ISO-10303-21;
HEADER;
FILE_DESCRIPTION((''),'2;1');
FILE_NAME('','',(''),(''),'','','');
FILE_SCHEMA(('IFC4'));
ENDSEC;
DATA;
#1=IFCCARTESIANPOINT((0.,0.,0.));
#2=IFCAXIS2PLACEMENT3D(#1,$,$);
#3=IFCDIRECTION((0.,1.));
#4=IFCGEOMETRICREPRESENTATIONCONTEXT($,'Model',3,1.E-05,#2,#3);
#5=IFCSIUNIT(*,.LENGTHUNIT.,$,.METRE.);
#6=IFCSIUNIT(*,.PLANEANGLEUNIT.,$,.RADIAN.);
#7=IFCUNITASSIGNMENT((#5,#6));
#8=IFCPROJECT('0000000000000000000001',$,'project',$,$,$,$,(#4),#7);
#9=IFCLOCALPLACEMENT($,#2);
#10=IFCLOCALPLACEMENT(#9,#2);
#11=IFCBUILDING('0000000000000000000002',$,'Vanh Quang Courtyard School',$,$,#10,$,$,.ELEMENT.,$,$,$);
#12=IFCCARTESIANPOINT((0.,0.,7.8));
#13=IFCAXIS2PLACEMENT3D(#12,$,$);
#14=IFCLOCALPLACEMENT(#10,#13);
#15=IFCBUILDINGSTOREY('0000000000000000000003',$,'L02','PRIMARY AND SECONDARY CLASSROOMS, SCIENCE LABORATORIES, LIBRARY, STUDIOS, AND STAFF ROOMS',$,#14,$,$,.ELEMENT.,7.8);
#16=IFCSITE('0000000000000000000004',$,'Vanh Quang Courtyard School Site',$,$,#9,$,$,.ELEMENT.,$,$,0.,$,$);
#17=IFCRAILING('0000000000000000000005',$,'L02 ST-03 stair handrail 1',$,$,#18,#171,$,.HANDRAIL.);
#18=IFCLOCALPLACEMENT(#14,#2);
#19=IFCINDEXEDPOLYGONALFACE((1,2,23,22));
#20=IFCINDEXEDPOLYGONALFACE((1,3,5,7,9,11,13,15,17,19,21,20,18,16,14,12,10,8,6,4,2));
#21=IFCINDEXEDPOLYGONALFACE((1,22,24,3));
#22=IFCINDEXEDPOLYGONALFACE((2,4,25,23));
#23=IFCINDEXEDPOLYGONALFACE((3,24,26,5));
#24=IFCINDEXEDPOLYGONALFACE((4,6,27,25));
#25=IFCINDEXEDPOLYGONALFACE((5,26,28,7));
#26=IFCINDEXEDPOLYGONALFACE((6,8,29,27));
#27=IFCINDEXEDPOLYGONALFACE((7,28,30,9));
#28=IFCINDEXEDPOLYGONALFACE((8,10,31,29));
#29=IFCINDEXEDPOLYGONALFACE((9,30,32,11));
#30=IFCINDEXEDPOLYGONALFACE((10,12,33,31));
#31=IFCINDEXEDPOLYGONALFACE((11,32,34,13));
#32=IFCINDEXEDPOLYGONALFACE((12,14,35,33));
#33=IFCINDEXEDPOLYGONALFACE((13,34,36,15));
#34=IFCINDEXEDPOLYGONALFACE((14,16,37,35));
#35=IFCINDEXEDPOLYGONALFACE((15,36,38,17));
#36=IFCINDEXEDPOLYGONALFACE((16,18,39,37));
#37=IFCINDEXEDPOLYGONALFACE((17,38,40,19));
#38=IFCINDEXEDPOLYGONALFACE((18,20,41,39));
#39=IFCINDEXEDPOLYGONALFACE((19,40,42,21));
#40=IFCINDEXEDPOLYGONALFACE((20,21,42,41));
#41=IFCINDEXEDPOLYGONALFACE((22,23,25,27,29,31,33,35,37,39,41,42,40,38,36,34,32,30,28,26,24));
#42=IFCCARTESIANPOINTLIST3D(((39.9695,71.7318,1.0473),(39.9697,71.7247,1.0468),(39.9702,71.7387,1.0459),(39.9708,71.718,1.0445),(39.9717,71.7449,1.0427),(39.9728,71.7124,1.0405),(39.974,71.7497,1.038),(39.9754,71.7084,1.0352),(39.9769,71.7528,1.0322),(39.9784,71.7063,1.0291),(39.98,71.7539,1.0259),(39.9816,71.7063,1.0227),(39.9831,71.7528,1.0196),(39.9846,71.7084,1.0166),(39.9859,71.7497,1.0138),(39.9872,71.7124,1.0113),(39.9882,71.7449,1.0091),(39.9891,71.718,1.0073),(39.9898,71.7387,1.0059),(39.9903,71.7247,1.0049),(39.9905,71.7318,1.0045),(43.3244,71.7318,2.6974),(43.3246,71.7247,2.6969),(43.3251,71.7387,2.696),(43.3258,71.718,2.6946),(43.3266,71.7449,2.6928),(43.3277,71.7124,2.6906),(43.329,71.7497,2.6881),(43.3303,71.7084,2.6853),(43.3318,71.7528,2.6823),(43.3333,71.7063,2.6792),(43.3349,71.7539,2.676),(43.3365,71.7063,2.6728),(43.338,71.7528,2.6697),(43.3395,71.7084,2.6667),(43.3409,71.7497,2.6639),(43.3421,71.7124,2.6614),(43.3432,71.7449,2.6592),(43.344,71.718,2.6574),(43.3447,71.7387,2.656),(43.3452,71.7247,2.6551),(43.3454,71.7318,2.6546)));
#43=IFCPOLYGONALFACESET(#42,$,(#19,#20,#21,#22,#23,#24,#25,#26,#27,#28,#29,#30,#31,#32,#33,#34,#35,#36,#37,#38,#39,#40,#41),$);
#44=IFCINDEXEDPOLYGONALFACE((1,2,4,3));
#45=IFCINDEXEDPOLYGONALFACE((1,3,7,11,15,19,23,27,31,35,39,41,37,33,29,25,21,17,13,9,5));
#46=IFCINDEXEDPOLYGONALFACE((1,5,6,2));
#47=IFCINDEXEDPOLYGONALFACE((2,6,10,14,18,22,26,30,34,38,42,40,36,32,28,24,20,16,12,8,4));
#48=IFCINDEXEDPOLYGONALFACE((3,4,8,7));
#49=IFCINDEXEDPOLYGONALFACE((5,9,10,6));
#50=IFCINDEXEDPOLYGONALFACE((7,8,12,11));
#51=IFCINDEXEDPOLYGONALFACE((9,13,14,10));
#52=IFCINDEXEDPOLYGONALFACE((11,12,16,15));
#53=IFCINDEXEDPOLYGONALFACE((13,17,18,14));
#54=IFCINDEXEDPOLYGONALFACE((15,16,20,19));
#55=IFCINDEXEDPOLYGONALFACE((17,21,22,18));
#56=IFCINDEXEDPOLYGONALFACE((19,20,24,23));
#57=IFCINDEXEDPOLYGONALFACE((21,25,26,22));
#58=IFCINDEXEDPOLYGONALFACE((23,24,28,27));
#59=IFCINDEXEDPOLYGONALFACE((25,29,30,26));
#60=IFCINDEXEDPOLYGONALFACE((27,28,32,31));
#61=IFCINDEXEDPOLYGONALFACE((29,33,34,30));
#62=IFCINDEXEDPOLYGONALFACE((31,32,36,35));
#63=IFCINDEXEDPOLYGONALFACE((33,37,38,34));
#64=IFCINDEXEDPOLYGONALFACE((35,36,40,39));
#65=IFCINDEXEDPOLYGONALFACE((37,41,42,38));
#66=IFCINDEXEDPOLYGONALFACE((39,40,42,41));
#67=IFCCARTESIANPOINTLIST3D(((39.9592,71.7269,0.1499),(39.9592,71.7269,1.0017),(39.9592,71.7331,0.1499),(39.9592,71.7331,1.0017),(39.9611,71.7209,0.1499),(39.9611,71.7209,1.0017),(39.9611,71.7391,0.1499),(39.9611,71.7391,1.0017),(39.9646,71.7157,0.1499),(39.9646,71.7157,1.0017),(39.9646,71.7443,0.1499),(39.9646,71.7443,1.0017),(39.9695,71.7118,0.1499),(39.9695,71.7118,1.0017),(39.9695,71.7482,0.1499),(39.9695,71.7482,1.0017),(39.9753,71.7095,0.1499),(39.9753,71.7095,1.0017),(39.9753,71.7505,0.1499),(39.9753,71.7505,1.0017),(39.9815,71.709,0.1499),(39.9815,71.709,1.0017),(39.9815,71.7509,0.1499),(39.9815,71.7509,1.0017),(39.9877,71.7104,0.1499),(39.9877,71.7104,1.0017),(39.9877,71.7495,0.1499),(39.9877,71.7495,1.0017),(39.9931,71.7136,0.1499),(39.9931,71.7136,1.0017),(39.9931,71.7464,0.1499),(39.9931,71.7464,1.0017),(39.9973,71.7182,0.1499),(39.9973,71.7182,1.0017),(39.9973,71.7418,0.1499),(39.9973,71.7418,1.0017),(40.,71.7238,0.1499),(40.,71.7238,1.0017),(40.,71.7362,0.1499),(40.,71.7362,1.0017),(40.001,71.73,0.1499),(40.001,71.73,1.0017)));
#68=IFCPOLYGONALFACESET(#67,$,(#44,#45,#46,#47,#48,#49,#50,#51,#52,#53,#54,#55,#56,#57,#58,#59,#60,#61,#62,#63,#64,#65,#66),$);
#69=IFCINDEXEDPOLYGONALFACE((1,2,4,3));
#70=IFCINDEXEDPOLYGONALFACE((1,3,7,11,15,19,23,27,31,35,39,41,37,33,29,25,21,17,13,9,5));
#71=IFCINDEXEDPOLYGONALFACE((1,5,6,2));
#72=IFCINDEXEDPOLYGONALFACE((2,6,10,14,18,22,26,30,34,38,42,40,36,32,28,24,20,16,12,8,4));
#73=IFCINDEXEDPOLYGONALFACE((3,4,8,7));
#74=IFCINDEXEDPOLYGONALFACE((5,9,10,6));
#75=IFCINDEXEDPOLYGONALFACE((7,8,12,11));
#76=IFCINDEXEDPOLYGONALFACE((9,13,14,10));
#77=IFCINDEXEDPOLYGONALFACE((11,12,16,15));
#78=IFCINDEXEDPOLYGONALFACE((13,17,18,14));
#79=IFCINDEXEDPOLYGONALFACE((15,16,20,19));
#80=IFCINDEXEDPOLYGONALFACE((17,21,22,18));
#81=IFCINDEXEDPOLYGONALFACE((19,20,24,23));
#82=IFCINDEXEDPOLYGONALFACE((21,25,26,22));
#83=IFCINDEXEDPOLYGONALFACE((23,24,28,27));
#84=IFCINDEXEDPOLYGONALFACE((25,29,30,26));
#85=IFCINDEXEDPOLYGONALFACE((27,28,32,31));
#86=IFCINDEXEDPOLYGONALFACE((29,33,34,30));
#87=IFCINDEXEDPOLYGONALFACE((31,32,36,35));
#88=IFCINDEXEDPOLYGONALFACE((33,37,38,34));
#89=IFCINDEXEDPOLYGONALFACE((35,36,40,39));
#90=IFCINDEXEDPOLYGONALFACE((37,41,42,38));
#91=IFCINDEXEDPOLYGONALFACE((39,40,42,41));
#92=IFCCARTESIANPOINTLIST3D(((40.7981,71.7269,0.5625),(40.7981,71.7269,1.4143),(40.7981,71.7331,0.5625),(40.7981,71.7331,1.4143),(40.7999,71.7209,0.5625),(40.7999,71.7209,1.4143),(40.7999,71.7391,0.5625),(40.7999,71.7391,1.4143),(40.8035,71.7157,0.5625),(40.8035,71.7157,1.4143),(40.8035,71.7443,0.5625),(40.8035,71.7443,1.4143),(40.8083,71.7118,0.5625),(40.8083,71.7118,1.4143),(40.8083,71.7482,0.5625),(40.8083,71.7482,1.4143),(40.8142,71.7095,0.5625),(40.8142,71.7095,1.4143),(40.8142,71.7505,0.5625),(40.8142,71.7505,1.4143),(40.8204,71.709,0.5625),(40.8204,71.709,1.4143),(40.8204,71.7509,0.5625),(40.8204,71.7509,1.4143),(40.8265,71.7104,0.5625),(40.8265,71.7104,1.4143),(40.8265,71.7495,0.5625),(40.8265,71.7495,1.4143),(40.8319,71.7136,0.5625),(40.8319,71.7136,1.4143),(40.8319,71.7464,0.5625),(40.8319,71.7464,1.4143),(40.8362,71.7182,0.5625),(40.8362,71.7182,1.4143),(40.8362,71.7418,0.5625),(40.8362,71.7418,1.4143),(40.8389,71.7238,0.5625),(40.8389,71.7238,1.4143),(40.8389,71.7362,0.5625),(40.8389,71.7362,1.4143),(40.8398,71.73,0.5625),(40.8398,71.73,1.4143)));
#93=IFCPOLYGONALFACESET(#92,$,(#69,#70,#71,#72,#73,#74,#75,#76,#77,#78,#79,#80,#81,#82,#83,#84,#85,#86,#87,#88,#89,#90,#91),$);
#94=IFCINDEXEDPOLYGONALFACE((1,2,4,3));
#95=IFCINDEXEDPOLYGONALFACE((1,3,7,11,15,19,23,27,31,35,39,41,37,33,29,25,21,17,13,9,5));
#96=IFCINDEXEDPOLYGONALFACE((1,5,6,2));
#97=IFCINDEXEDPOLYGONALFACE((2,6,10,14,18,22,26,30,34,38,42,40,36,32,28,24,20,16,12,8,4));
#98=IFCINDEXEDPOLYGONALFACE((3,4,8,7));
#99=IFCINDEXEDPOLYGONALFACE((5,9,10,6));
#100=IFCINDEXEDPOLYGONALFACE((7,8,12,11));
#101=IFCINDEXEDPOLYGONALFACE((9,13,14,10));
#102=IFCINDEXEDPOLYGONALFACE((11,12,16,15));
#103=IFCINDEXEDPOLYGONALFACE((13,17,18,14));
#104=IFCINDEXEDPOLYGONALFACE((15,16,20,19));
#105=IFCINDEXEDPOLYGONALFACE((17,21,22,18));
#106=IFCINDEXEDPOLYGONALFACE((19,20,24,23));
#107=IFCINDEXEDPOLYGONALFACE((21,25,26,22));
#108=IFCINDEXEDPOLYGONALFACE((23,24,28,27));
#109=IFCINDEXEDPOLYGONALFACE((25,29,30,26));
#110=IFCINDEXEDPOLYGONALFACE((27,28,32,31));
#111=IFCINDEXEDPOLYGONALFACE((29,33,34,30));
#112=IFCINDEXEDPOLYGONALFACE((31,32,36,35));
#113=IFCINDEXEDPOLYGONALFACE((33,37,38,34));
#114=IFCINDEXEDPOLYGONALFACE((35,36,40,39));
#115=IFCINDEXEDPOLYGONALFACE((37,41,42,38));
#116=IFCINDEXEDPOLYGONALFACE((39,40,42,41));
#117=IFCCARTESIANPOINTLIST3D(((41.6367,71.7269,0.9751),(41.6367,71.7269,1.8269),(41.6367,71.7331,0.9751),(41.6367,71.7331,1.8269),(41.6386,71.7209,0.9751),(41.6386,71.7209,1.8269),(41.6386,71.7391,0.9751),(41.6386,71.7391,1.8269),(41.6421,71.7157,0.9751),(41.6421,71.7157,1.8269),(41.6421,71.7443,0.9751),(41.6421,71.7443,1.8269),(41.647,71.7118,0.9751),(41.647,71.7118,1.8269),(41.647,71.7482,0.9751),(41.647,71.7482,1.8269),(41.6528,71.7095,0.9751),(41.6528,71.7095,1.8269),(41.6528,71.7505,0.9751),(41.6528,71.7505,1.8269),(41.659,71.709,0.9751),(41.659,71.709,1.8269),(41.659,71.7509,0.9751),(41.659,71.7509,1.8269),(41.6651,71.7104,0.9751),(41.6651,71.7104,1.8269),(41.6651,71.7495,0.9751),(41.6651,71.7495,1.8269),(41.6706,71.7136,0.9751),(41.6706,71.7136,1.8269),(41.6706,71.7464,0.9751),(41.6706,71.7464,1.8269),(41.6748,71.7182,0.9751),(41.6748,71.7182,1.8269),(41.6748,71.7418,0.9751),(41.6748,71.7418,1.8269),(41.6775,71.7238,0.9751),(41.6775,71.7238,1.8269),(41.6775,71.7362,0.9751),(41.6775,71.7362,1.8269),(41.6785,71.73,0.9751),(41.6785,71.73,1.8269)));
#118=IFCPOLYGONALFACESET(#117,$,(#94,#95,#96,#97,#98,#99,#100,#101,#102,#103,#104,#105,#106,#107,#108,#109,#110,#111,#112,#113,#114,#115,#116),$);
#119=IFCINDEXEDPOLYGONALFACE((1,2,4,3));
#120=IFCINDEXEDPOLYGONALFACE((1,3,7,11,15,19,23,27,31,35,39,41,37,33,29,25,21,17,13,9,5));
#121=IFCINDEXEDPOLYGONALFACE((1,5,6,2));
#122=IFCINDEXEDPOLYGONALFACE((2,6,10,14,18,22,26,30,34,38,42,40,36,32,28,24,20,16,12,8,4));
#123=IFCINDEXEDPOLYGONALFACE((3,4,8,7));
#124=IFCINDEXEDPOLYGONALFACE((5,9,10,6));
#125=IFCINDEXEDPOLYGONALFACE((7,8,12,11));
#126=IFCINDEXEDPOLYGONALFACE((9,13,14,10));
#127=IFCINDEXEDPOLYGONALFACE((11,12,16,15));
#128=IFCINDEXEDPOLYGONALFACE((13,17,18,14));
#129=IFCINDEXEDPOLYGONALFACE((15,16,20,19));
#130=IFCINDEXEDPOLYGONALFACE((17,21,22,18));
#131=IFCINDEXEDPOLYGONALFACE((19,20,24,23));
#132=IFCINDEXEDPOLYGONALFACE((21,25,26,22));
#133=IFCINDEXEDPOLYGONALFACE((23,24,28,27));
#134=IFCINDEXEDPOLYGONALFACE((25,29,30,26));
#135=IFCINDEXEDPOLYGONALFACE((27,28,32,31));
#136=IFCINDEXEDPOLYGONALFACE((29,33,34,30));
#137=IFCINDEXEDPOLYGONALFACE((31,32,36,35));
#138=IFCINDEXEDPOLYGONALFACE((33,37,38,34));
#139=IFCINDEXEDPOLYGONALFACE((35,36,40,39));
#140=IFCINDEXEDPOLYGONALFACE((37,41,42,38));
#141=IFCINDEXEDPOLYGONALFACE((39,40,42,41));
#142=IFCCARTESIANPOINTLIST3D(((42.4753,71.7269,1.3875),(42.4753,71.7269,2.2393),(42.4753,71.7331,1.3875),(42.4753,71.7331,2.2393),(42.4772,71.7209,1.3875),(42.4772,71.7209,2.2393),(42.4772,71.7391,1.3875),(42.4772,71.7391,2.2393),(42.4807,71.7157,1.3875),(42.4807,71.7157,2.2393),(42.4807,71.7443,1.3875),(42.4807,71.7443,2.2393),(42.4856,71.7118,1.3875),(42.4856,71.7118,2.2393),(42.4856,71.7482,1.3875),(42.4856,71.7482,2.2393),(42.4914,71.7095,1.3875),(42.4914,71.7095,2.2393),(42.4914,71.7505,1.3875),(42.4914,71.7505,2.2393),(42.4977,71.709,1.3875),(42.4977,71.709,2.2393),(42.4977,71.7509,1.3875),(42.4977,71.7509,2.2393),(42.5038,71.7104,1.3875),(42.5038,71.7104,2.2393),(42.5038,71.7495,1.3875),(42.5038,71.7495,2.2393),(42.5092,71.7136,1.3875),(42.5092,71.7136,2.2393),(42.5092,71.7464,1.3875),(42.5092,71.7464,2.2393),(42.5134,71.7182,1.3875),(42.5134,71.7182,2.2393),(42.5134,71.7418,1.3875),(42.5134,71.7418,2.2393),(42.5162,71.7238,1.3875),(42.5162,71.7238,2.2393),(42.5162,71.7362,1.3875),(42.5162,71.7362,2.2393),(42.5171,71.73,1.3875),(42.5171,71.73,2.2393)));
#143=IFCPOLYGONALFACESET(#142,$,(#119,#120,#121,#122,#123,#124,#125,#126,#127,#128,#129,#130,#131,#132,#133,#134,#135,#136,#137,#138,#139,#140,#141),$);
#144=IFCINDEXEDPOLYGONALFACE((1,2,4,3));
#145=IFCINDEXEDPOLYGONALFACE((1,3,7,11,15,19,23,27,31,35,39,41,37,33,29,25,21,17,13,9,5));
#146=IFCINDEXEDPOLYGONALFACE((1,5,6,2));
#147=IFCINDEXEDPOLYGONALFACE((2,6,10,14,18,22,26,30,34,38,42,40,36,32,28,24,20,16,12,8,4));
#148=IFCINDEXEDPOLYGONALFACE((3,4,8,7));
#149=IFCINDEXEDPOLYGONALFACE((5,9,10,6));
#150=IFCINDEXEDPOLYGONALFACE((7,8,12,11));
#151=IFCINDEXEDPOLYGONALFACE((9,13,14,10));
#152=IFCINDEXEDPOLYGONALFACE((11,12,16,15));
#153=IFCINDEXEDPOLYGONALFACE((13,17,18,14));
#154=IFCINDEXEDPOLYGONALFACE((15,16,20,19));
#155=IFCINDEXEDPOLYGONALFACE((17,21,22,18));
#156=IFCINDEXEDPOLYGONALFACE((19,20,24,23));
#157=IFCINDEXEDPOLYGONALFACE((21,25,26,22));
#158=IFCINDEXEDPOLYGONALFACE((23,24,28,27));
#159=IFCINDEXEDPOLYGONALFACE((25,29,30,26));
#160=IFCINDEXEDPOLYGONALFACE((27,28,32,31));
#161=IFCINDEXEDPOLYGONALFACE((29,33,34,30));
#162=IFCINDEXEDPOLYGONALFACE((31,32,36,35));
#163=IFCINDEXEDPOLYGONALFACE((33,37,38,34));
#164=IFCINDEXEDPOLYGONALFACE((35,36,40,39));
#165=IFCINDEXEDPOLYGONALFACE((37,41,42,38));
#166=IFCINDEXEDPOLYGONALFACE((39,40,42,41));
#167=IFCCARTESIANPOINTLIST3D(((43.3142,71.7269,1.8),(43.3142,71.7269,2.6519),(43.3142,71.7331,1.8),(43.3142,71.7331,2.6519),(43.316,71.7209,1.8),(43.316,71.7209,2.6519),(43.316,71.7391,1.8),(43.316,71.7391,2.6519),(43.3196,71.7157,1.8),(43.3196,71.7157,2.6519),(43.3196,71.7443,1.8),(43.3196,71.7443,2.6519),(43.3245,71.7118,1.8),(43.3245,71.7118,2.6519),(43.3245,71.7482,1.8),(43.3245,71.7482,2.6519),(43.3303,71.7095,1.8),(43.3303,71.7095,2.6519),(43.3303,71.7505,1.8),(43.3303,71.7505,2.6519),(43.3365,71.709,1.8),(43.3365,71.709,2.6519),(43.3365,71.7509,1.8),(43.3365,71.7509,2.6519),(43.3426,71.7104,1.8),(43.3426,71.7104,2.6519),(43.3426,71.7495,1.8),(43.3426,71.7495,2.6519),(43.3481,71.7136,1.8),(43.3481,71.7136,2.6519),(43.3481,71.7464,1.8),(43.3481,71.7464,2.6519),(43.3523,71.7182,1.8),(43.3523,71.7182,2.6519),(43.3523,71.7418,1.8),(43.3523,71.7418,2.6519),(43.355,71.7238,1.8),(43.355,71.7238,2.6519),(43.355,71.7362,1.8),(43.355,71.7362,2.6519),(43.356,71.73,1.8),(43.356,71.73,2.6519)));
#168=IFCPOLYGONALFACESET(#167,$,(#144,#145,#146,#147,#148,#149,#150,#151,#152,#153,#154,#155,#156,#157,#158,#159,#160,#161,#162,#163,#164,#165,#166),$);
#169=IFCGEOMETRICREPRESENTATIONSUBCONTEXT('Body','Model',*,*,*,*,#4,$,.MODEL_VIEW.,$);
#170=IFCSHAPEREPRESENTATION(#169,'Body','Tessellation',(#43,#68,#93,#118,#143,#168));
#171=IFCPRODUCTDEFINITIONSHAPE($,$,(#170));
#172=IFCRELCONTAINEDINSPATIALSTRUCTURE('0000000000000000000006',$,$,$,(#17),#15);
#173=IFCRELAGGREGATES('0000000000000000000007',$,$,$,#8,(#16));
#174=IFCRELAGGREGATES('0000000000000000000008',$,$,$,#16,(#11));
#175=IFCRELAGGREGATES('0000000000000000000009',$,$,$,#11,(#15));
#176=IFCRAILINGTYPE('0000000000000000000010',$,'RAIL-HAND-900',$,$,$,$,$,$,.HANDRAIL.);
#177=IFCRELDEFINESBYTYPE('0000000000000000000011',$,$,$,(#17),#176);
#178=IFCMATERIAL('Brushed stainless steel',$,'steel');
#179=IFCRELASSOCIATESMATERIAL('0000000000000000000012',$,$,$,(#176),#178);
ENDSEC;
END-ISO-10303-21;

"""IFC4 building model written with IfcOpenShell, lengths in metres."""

from ifc_helpers import new_model, si_unit, direction, frame, origin, origin_2d, place, context, subcontext, project, spatial, circle, extrude, material, type_object, element, save


model = new_model("IFC4")

# Units and contexts
model_context = context("Model", 3, precision=1e-05, world=origin(), true_north=direction((0.0, 1.0)))
body_context = subcontext(model_context, "Body", "Model", "MODEL_VIEW")
ifc_project = project(units=[si_unit("LENGTHUNIT", "METRE"), si_unit("PLANEANGLEUNIT", "RADIAN")], contexts=[model_context])

# Site, building, storey
site_placement = place(None, origin())
site = spatial("IfcSite", under=ifc_project, at=site_placement, Name="Vanh Quang Courtyard School Site", CompositionType="ELEMENT", RefElevation=0.0)
building_placement = place(site_placement, origin())
building = spatial("IfcBuilding", under=site, at=building_placement, Name="Vanh Quang Courtyard School", CompositionType="ELEMENT")
storey_placement = place(building_placement, frame((0.0, 0.0, 7.8)))
storey = spatial("IfcBuildingStorey", under=building, at=storey_placement, Name="L02", Description="PRIMARY AND SECONDARY CLASSROOMS, SCIENCE LABORATORIES, LIBRARY, STUDIOS, AND STAFF ROOMS", CompositionType="ELEMENT", Elevation=7.8)

# Railing
ifc_material_1 = material(Name="Brushed stainless steel", Category="steel")
railing_type_1 = type_object("IfcRailingType", Name="RAIL-HAND-900", PredefinedType="HANDRAIL", material=ifc_material_1)
railing_1_placement = place(storey_placement, frame((39.98, 71.73, 0.1499)))
element("IfcRailing", 1, at=railing_1_placement, inside=storey, type_object=railing_type_1, Name="L02 ST-03 stair handrail 1", PredefinedType="HANDRAIL", context=body_context, shape_type="SweptSolid", body=[
    extrude(circle(Radius=0.0239, at=origin_2d()), frame((0.0, 0.0, 0.876), z_axis=(0.897333, 0.0, 0.441353), x_axis=(0.0, 1.0, 0.0)), (0.0, 0.0, 1.0), 3.7388),
    extrude(circle(Radius=0.021, at=origin_2d()), origin(), (0.0, 0.0, 1.0), 0.8518),
    extrude(circle(Radius=0.021, at=origin_2d()), frame((0.8389, 0.0, 0.4126)), (0.0, 0.0, 1.0), 0.8518),
    extrude(circle(Radius=0.021, at=origin_2d()), frame((1.6775, 0.0, 0.8252)), (0.0, 0.0, 1.0), 0.8518),
    extrude(circle(Radius=0.021, at=origin_2d()), frame((2.5161, 0.0, 1.2375)), (0.0, 0.0, 1.0), 0.8518),
    extrude(circle(Radius=0.021, at=origin_2d()), frame((3.355, 0.0, 1.6501)), (0.0, 0.0, 1.0), 0.8518),
])

save(model, "model.ifc")
